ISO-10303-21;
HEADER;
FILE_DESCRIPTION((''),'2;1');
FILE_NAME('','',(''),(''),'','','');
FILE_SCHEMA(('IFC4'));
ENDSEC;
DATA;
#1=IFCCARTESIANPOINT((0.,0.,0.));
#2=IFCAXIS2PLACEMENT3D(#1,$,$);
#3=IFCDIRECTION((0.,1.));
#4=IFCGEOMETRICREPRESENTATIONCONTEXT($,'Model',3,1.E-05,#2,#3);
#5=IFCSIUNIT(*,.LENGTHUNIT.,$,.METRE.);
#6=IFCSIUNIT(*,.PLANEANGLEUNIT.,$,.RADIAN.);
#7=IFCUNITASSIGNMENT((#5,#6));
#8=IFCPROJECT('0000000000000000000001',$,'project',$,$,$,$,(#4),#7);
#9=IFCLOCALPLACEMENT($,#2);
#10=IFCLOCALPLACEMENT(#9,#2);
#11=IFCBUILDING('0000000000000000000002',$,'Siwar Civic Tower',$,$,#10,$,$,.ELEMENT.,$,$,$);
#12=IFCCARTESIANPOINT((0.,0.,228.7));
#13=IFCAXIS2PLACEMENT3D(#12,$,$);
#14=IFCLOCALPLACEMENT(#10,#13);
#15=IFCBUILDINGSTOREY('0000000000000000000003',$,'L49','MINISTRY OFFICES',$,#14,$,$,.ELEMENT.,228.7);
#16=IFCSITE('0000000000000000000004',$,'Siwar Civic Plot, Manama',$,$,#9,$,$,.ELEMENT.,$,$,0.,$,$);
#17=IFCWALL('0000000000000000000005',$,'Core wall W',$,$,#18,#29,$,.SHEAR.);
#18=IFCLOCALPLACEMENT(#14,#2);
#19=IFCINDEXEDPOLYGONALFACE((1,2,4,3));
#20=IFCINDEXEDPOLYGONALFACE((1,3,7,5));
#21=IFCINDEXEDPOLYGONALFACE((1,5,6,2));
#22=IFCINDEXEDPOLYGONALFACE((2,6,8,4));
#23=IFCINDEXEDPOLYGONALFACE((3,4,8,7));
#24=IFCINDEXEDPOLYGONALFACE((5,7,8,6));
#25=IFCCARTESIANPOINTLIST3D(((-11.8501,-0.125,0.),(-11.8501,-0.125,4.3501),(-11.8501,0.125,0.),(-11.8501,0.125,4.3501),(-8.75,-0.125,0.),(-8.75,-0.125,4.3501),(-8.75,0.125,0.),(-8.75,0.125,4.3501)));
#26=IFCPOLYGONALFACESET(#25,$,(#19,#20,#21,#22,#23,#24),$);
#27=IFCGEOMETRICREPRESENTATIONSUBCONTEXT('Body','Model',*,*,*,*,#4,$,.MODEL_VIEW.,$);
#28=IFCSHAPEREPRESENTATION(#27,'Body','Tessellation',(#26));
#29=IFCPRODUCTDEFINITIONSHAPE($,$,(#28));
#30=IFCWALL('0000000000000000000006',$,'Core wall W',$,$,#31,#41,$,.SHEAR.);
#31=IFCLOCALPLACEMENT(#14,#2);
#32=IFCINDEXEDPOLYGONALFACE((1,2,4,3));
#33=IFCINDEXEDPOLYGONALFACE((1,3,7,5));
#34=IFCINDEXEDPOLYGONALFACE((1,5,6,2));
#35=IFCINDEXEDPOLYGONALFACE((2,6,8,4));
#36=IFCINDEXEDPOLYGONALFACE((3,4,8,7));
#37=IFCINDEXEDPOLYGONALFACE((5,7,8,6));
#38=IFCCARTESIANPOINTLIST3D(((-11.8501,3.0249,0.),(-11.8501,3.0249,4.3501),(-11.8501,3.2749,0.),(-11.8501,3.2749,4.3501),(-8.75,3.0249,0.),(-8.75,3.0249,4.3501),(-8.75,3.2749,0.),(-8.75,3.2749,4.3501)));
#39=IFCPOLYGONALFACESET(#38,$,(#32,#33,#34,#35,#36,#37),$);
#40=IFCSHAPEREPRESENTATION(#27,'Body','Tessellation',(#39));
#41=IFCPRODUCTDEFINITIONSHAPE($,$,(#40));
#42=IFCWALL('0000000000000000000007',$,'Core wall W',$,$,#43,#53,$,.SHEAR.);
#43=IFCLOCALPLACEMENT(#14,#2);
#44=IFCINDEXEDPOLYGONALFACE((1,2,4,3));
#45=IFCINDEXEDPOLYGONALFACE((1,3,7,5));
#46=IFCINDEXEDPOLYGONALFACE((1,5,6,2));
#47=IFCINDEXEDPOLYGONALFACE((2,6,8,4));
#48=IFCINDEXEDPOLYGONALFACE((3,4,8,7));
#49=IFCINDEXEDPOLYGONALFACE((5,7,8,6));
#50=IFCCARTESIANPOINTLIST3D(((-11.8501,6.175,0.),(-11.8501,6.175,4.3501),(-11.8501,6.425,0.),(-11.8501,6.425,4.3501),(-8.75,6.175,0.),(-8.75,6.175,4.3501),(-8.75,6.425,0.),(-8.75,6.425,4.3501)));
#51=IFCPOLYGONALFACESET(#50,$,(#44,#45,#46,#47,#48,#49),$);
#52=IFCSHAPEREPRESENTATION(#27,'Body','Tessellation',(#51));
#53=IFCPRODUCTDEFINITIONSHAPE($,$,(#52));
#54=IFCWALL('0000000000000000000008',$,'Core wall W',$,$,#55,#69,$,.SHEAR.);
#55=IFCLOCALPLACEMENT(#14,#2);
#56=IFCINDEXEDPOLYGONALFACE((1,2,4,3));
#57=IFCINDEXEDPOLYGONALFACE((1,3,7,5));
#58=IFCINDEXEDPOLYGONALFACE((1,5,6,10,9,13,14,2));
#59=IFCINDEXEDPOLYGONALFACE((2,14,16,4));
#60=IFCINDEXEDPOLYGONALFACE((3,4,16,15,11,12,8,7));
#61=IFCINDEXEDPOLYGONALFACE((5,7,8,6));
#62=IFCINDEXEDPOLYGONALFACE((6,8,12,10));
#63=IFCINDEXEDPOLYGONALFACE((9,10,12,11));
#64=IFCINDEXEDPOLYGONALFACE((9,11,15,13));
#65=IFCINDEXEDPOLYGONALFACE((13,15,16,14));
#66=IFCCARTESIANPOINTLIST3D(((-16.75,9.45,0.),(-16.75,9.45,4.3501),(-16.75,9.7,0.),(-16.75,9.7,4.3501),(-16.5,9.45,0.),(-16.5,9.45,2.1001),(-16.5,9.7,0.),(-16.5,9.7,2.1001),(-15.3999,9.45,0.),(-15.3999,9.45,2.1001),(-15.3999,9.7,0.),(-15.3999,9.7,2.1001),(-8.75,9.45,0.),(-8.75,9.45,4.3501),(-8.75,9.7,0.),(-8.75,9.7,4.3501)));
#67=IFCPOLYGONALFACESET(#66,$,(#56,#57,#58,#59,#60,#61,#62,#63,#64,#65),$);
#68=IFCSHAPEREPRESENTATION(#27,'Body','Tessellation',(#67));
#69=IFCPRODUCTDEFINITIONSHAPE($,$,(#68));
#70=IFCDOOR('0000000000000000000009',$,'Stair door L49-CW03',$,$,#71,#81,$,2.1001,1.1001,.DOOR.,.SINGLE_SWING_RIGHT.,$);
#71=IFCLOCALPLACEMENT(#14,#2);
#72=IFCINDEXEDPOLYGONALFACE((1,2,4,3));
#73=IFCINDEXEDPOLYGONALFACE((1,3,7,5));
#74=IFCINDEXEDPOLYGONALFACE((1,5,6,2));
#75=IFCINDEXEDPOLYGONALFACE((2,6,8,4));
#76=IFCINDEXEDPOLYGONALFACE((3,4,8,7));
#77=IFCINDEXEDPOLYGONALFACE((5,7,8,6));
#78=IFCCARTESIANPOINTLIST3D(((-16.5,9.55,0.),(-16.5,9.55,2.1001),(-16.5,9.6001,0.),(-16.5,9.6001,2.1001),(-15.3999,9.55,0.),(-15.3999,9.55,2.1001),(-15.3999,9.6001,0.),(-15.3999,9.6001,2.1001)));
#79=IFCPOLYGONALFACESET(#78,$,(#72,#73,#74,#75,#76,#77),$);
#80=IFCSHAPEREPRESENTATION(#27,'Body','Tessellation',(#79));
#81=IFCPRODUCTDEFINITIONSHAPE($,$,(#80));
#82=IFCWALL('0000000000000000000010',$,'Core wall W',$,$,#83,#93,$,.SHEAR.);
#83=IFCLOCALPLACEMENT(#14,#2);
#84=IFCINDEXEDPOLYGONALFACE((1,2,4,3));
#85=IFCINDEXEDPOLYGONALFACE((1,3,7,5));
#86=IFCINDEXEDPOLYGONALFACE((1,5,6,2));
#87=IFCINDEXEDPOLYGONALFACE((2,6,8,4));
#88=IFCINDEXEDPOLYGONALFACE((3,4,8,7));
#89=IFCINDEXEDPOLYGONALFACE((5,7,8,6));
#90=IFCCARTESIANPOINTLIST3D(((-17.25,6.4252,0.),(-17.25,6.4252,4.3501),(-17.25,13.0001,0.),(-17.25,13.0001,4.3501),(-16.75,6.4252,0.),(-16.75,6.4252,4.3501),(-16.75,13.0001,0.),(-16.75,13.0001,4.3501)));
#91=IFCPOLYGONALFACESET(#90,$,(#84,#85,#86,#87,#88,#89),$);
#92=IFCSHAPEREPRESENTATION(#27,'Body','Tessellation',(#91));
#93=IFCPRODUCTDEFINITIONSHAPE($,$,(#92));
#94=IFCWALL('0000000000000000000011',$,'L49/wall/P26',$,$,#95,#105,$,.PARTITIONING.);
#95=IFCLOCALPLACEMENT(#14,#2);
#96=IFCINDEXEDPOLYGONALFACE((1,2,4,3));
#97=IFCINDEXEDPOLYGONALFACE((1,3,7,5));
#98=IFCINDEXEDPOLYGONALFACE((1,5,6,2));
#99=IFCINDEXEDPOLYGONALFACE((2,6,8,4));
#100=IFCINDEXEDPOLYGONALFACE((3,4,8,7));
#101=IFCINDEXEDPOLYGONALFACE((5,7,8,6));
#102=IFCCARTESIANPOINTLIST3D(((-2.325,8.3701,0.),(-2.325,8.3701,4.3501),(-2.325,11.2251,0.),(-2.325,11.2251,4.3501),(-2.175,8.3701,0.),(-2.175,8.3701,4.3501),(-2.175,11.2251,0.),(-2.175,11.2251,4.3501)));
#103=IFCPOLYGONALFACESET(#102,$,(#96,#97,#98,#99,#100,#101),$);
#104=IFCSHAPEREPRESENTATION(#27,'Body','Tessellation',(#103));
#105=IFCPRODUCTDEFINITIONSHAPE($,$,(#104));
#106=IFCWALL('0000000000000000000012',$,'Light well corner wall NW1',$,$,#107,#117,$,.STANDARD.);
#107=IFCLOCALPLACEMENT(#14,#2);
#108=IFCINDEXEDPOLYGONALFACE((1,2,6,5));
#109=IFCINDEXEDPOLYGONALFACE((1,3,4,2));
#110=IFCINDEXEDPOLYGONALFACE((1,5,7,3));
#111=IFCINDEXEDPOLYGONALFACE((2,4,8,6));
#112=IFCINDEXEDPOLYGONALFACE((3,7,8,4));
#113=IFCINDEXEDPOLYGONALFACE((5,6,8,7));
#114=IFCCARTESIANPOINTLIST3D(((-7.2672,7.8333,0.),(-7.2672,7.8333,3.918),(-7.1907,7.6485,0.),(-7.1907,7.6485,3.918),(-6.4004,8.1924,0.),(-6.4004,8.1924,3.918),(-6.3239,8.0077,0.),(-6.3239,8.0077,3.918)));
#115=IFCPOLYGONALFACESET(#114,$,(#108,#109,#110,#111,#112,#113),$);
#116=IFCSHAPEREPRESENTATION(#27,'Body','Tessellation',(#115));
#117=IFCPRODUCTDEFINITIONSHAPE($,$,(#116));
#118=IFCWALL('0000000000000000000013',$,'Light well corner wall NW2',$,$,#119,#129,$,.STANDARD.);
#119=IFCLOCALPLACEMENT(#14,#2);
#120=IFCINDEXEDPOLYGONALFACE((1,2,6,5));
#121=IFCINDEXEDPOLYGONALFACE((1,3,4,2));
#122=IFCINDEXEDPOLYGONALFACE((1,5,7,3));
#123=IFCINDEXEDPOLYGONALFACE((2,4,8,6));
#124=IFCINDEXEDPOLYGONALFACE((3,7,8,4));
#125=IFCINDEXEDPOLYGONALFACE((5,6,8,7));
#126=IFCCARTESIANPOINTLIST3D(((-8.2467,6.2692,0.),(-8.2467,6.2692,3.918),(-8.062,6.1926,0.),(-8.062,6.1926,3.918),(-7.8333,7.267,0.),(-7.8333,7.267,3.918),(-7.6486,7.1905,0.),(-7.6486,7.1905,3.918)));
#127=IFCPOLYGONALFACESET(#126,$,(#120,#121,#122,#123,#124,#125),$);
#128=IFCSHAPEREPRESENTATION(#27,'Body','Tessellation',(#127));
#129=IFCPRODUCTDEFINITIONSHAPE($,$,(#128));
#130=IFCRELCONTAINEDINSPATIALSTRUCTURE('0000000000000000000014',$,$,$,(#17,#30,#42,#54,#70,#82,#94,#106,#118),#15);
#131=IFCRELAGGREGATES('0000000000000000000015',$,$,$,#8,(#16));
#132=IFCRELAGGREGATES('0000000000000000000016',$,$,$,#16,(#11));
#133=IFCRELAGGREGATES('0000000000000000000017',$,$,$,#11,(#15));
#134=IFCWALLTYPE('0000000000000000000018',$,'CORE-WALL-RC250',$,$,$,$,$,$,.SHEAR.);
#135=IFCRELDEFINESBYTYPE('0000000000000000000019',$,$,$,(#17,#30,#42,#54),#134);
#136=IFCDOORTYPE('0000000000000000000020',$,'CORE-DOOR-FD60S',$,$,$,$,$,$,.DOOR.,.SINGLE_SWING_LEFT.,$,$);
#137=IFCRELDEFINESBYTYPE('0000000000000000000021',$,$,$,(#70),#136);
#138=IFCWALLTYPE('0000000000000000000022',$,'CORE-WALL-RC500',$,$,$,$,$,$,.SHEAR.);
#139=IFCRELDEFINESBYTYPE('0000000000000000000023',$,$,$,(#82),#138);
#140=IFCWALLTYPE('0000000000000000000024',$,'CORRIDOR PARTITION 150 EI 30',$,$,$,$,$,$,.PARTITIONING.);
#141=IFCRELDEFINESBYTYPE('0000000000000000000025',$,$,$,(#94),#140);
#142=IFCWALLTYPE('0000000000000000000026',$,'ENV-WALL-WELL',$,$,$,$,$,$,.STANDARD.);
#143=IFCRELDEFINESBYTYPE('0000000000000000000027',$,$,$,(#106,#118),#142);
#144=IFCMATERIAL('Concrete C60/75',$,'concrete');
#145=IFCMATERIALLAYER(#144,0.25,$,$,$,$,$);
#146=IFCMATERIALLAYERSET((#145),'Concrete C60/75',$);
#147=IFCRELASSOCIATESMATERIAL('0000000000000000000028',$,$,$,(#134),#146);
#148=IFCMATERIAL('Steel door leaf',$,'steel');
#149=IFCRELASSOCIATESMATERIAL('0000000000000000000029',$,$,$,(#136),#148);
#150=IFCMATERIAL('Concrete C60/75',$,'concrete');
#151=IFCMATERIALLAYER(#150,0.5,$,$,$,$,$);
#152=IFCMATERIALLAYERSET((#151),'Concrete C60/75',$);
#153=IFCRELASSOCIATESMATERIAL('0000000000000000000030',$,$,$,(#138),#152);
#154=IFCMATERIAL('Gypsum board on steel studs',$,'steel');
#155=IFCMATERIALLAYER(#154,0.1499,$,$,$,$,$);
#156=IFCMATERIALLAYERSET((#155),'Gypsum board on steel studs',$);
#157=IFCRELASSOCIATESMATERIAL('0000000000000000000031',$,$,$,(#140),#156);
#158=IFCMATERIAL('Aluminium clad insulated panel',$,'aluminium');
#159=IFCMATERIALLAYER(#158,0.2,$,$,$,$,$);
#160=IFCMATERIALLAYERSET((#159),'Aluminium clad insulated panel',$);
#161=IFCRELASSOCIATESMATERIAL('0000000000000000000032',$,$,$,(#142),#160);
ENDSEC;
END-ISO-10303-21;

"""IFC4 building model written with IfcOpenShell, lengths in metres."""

from ifc_helpers import new_model, si_unit, direction, frame, frame_2d, origin, place, context, subcontext, project, spatial, rectangle, extrude, material, layer, layer_set, type_object, element, fill, save


model = new_model("IFC4")

# Units and contexts
model_context = context("Model", 3, precision=1e-05, world=origin(), true_north=direction((0.0, 1.0)))
body_context = subcontext(model_context, "Body", "Model", "MODEL_VIEW")
ifc_project = project(units=[si_unit("LENGTHUNIT", "METRE"), si_unit("PLANEANGLEUNIT", "RADIAN")], contexts=[model_context])

# Site, building, storey
site_placement = place(None, origin())
site = spatial("IfcSite", under=ifc_project, at=site_placement, Name="Siwar Civic Plot, Manama", CompositionType="ELEMENT", RefElevation=0.0)
building_placement = place(site_placement, origin())
building = spatial("IfcBuilding", under=site, at=building_placement, Name="Siwar Civic Tower", CompositionType="ELEMENT")
storey_placement = place(building_placement, frame((0.0, 0.0, 228.7)))
storey = spatial("IfcBuildingStorey", under=building, at=storey_placement, Name="L49", Description="MINISTRY OFFICES", CompositionType="ELEMENT", Elevation=228.7)

# Shared definitions
ifc_material_1 = material(Name="Concrete C60/75", Category="concrete")
ifc_layer_1 = layer(ifc_material_1, 0.25)
ifc_layer_set_1 = layer_set([ifc_layer_1], Name="Concrete C60/75")
wall_type_1 = type_object("IfcWallType", Name="CORE-WALL-RC250", PredefinedType="SHEAR", material=ifc_layer_set_1)

# Walls
for number, where, z_axis, x_axis, name in (
    (1, (-8.75, 0.0, 0.0), (0.0, 0.0, 1.0), (-1.0, 0.0, 0.0), "Core wall W"),
    (2, (-8.75, 3.1499, 0.0), (0.0, 0.0, 1.0), (-1.0, 0.0, 0.0), "Core wall W"),
    (3, (-8.75, 6.3, 0.0), (0.0, 0.0, 1.0), (-1.0, 0.0, 0.0), "Core wall W"),
):
    element("IfcWall", number, at=place(storey_placement, frame(where, z_axis=z_axis, x_axis=x_axis)), inside=storey, type_object=wall_type_1, Name=name, PredefinedType="SHEAR", context=body_context, shape_type="SweptSolid", body=[
        extrude(rectangle(XDim=3.1001, YDim=0.25, at=frame_2d((1.55, 0.0))), origin(), (0.0, 0.0, 1.0), 4.3501),
    ])

# Wall, opening, door
wall_1_placement = place(storey_placement, frame((-8.75, 9.575, 0.0), z_axis=(0.0, 0.0, 1.0), x_axis=(-1.0, 0.0, 0.0)))
wall_1 = element("IfcWall", 4, at=wall_1_placement, inside=storey, type_object=wall_type_1, Name="Core wall W", PredefinedType="SHEAR", context=body_context, shape_type="SweptSolid", body=[
    extrude(rectangle(XDim=8.0, YDim=0.25, at=frame_2d((4.0, 0.0))), origin(), (0.0, 0.0, 1.0), 4.3501),
])
opening_1_placement = place(wall_1_placement, frame((6.6499, 0.0, 0.0)))
opening_1 = element("IfcOpeningElement", 5, at=opening_1_placement, cuts=wall_1, PredefinedType="OPENING", context=body_context, shape_type="SweptSolid", body=[
    extrude(rectangle(XDim=1.1001, YDim=2.1001, at=frame_2d((0.55, 1.05))), frame((0.0, 0.135, 0.0), z_axis=(0.0, -1.0, 0.0), x_axis=(1.0, 0.0, 0.0)), (0.0, 0.0, 1.0), 0.27),
])
ifc_material_2 = material(Name="Steel door leaf", Category="steel")
door_type_1 = type_object("IfcDoorType", Name="CORE-DOOR-FD60S", OperationType="SINGLE_SWING_LEFT", PredefinedType="DOOR", material=ifc_material_2)
door_1_placement = place(opening_1_placement, origin())
door_1 = element("IfcDoor", 6, at=door_1_placement, inside=storey, type_object=door_type_1, Name="Stair door L49-CW03", OperationType="SINGLE_SWING_RIGHT", OverallHeight=2.1001, OverallWidth=1.1001, PredefinedType="DOOR", context=body_context, shape_type="SweptSolid", body=[
    extrude(rectangle(XDim=1.1001, YDim=2.1001, at=frame_2d((0.55, 1.05))), frame((0.0, 0.0249, 0.0), z_axis=(0.0, -1.0, 0.0), x_axis=(1.0, 0.0, 0.0)), (0.0, 0.0, 1.0), 0.05),
])
fill(opening_1, door_1)

# Walls
ifc_material_3 = material(Name="Concrete C60/75", Category="concrete")
ifc_layer_2 = layer(ifc_material_3, 0.5)
ifc_layer_set_2 = layer_set([ifc_layer_2], Name="Concrete C60/75")
wall_type_2 = type_object("IfcWallType", Name="CORE-WALL-RC500", PredefinedType="SHEAR", material=ifc_layer_set_2)
wall_2_placement = place(storey_placement, frame((-17.0, 6.425, 0.0), z_axis=(0.0, 0.0, 1.0), x_axis=(0.0, 1.0, 0.0)))
element("IfcWall", 7, at=wall_2_placement, inside=storey, type_object=wall_type_2, Name="Core wall W", PredefinedType="SHEAR", context=body_context, shape_type="SweptSolid", body=[
    extrude(rectangle(XDim=6.575, YDim=0.5, at=frame_2d((3.2876, 0.0))), origin(), (0.0, 0.0, 1.0), 4.3501),
])
ifc_material_4 = material(Name="Gypsum board on steel studs", Category="steel")
ifc_layer_3 = layer(ifc_material_4, 0.1499)
ifc_layer_set_3 = layer_set([ifc_layer_3], Name="Gypsum board on steel studs")
wall_type_3 = type_object("IfcWallType", Name="CORRIDOR PARTITION 150 EI 30", PredefinedType="PARTITIONING", material=ifc_layer_set_3)
wall_3_placement = place(storey_placement, frame((-2.25, 8.3701, 0.0), z_axis=(0.0, 0.0, 1.0), x_axis=(0.0, 1.0, 0.0)))
element("IfcWall", 8, at=wall_3_placement, inside=storey, type_object=wall_type_3, Name="L49/wall/P26", PredefinedType="PARTITIONING", context=body_context, shape_type="SweptSolid", body=[
    extrude(rectangle(XDim=2.855, YDim=0.1499, at=frame_2d((1.4275, 0.0))), origin(), (0.0, 0.0, 1.0), 4.3501),
])
ifc_material_5 = material(Name="Aluminium clad insulated panel", Category="aluminium")
ifc_layer_4 = layer(ifc_material_5, 0.2)
ifc_layer_set_4 = layer_set([ifc_layer_4], Name="Aluminium clad insulated panel")
wall_type_4 = type_object("IfcWallType", Name="ENV-WALL-WELL", PredefinedType="STANDARD", material=ifc_layer_set_4)
wall_4_placement = place(storey_placement, frame((-6.3621, 8.1001, 0.0), z_axis=(0.0, 0.0, 1.0), x_axis=(-0.92383, -0.382804, 0.0)))
element("IfcWall", 9, at=wall_4_placement, inside=storey, type_object=wall_type_4, Name="Light well corner wall NW1", PredefinedType="STANDARD", context=body_context, shape_type="SweptSolid", body=[
    extrude(rectangle(XDim=0.9382, YDim=0.2, at=frame_2d((0.4692, 0.0))), origin(), (0.0, 0.0, 1.0), 3.918),
])
wall_5_placement = place(storey_placement, frame((-7.741, 7.2288, 0.0), z_axis=(0.0, 0.0, 1.0), x_axis=(-0.382704, -0.923871, 0.0)))
element("IfcWall", 10, at=wall_5_placement, inside=storey, type_object=wall_type_4, Name="Light well corner wall NW2", PredefinedType="STANDARD", context=body_context, shape_type="SweptSolid", body=[
    extrude(rectangle(XDim=1.0801, YDim=0.2, at=frame_2d((0.54, 0.0))), origin(), (0.0, 0.0, 1.0), 3.918),
])

save(model, "model.ifc")
